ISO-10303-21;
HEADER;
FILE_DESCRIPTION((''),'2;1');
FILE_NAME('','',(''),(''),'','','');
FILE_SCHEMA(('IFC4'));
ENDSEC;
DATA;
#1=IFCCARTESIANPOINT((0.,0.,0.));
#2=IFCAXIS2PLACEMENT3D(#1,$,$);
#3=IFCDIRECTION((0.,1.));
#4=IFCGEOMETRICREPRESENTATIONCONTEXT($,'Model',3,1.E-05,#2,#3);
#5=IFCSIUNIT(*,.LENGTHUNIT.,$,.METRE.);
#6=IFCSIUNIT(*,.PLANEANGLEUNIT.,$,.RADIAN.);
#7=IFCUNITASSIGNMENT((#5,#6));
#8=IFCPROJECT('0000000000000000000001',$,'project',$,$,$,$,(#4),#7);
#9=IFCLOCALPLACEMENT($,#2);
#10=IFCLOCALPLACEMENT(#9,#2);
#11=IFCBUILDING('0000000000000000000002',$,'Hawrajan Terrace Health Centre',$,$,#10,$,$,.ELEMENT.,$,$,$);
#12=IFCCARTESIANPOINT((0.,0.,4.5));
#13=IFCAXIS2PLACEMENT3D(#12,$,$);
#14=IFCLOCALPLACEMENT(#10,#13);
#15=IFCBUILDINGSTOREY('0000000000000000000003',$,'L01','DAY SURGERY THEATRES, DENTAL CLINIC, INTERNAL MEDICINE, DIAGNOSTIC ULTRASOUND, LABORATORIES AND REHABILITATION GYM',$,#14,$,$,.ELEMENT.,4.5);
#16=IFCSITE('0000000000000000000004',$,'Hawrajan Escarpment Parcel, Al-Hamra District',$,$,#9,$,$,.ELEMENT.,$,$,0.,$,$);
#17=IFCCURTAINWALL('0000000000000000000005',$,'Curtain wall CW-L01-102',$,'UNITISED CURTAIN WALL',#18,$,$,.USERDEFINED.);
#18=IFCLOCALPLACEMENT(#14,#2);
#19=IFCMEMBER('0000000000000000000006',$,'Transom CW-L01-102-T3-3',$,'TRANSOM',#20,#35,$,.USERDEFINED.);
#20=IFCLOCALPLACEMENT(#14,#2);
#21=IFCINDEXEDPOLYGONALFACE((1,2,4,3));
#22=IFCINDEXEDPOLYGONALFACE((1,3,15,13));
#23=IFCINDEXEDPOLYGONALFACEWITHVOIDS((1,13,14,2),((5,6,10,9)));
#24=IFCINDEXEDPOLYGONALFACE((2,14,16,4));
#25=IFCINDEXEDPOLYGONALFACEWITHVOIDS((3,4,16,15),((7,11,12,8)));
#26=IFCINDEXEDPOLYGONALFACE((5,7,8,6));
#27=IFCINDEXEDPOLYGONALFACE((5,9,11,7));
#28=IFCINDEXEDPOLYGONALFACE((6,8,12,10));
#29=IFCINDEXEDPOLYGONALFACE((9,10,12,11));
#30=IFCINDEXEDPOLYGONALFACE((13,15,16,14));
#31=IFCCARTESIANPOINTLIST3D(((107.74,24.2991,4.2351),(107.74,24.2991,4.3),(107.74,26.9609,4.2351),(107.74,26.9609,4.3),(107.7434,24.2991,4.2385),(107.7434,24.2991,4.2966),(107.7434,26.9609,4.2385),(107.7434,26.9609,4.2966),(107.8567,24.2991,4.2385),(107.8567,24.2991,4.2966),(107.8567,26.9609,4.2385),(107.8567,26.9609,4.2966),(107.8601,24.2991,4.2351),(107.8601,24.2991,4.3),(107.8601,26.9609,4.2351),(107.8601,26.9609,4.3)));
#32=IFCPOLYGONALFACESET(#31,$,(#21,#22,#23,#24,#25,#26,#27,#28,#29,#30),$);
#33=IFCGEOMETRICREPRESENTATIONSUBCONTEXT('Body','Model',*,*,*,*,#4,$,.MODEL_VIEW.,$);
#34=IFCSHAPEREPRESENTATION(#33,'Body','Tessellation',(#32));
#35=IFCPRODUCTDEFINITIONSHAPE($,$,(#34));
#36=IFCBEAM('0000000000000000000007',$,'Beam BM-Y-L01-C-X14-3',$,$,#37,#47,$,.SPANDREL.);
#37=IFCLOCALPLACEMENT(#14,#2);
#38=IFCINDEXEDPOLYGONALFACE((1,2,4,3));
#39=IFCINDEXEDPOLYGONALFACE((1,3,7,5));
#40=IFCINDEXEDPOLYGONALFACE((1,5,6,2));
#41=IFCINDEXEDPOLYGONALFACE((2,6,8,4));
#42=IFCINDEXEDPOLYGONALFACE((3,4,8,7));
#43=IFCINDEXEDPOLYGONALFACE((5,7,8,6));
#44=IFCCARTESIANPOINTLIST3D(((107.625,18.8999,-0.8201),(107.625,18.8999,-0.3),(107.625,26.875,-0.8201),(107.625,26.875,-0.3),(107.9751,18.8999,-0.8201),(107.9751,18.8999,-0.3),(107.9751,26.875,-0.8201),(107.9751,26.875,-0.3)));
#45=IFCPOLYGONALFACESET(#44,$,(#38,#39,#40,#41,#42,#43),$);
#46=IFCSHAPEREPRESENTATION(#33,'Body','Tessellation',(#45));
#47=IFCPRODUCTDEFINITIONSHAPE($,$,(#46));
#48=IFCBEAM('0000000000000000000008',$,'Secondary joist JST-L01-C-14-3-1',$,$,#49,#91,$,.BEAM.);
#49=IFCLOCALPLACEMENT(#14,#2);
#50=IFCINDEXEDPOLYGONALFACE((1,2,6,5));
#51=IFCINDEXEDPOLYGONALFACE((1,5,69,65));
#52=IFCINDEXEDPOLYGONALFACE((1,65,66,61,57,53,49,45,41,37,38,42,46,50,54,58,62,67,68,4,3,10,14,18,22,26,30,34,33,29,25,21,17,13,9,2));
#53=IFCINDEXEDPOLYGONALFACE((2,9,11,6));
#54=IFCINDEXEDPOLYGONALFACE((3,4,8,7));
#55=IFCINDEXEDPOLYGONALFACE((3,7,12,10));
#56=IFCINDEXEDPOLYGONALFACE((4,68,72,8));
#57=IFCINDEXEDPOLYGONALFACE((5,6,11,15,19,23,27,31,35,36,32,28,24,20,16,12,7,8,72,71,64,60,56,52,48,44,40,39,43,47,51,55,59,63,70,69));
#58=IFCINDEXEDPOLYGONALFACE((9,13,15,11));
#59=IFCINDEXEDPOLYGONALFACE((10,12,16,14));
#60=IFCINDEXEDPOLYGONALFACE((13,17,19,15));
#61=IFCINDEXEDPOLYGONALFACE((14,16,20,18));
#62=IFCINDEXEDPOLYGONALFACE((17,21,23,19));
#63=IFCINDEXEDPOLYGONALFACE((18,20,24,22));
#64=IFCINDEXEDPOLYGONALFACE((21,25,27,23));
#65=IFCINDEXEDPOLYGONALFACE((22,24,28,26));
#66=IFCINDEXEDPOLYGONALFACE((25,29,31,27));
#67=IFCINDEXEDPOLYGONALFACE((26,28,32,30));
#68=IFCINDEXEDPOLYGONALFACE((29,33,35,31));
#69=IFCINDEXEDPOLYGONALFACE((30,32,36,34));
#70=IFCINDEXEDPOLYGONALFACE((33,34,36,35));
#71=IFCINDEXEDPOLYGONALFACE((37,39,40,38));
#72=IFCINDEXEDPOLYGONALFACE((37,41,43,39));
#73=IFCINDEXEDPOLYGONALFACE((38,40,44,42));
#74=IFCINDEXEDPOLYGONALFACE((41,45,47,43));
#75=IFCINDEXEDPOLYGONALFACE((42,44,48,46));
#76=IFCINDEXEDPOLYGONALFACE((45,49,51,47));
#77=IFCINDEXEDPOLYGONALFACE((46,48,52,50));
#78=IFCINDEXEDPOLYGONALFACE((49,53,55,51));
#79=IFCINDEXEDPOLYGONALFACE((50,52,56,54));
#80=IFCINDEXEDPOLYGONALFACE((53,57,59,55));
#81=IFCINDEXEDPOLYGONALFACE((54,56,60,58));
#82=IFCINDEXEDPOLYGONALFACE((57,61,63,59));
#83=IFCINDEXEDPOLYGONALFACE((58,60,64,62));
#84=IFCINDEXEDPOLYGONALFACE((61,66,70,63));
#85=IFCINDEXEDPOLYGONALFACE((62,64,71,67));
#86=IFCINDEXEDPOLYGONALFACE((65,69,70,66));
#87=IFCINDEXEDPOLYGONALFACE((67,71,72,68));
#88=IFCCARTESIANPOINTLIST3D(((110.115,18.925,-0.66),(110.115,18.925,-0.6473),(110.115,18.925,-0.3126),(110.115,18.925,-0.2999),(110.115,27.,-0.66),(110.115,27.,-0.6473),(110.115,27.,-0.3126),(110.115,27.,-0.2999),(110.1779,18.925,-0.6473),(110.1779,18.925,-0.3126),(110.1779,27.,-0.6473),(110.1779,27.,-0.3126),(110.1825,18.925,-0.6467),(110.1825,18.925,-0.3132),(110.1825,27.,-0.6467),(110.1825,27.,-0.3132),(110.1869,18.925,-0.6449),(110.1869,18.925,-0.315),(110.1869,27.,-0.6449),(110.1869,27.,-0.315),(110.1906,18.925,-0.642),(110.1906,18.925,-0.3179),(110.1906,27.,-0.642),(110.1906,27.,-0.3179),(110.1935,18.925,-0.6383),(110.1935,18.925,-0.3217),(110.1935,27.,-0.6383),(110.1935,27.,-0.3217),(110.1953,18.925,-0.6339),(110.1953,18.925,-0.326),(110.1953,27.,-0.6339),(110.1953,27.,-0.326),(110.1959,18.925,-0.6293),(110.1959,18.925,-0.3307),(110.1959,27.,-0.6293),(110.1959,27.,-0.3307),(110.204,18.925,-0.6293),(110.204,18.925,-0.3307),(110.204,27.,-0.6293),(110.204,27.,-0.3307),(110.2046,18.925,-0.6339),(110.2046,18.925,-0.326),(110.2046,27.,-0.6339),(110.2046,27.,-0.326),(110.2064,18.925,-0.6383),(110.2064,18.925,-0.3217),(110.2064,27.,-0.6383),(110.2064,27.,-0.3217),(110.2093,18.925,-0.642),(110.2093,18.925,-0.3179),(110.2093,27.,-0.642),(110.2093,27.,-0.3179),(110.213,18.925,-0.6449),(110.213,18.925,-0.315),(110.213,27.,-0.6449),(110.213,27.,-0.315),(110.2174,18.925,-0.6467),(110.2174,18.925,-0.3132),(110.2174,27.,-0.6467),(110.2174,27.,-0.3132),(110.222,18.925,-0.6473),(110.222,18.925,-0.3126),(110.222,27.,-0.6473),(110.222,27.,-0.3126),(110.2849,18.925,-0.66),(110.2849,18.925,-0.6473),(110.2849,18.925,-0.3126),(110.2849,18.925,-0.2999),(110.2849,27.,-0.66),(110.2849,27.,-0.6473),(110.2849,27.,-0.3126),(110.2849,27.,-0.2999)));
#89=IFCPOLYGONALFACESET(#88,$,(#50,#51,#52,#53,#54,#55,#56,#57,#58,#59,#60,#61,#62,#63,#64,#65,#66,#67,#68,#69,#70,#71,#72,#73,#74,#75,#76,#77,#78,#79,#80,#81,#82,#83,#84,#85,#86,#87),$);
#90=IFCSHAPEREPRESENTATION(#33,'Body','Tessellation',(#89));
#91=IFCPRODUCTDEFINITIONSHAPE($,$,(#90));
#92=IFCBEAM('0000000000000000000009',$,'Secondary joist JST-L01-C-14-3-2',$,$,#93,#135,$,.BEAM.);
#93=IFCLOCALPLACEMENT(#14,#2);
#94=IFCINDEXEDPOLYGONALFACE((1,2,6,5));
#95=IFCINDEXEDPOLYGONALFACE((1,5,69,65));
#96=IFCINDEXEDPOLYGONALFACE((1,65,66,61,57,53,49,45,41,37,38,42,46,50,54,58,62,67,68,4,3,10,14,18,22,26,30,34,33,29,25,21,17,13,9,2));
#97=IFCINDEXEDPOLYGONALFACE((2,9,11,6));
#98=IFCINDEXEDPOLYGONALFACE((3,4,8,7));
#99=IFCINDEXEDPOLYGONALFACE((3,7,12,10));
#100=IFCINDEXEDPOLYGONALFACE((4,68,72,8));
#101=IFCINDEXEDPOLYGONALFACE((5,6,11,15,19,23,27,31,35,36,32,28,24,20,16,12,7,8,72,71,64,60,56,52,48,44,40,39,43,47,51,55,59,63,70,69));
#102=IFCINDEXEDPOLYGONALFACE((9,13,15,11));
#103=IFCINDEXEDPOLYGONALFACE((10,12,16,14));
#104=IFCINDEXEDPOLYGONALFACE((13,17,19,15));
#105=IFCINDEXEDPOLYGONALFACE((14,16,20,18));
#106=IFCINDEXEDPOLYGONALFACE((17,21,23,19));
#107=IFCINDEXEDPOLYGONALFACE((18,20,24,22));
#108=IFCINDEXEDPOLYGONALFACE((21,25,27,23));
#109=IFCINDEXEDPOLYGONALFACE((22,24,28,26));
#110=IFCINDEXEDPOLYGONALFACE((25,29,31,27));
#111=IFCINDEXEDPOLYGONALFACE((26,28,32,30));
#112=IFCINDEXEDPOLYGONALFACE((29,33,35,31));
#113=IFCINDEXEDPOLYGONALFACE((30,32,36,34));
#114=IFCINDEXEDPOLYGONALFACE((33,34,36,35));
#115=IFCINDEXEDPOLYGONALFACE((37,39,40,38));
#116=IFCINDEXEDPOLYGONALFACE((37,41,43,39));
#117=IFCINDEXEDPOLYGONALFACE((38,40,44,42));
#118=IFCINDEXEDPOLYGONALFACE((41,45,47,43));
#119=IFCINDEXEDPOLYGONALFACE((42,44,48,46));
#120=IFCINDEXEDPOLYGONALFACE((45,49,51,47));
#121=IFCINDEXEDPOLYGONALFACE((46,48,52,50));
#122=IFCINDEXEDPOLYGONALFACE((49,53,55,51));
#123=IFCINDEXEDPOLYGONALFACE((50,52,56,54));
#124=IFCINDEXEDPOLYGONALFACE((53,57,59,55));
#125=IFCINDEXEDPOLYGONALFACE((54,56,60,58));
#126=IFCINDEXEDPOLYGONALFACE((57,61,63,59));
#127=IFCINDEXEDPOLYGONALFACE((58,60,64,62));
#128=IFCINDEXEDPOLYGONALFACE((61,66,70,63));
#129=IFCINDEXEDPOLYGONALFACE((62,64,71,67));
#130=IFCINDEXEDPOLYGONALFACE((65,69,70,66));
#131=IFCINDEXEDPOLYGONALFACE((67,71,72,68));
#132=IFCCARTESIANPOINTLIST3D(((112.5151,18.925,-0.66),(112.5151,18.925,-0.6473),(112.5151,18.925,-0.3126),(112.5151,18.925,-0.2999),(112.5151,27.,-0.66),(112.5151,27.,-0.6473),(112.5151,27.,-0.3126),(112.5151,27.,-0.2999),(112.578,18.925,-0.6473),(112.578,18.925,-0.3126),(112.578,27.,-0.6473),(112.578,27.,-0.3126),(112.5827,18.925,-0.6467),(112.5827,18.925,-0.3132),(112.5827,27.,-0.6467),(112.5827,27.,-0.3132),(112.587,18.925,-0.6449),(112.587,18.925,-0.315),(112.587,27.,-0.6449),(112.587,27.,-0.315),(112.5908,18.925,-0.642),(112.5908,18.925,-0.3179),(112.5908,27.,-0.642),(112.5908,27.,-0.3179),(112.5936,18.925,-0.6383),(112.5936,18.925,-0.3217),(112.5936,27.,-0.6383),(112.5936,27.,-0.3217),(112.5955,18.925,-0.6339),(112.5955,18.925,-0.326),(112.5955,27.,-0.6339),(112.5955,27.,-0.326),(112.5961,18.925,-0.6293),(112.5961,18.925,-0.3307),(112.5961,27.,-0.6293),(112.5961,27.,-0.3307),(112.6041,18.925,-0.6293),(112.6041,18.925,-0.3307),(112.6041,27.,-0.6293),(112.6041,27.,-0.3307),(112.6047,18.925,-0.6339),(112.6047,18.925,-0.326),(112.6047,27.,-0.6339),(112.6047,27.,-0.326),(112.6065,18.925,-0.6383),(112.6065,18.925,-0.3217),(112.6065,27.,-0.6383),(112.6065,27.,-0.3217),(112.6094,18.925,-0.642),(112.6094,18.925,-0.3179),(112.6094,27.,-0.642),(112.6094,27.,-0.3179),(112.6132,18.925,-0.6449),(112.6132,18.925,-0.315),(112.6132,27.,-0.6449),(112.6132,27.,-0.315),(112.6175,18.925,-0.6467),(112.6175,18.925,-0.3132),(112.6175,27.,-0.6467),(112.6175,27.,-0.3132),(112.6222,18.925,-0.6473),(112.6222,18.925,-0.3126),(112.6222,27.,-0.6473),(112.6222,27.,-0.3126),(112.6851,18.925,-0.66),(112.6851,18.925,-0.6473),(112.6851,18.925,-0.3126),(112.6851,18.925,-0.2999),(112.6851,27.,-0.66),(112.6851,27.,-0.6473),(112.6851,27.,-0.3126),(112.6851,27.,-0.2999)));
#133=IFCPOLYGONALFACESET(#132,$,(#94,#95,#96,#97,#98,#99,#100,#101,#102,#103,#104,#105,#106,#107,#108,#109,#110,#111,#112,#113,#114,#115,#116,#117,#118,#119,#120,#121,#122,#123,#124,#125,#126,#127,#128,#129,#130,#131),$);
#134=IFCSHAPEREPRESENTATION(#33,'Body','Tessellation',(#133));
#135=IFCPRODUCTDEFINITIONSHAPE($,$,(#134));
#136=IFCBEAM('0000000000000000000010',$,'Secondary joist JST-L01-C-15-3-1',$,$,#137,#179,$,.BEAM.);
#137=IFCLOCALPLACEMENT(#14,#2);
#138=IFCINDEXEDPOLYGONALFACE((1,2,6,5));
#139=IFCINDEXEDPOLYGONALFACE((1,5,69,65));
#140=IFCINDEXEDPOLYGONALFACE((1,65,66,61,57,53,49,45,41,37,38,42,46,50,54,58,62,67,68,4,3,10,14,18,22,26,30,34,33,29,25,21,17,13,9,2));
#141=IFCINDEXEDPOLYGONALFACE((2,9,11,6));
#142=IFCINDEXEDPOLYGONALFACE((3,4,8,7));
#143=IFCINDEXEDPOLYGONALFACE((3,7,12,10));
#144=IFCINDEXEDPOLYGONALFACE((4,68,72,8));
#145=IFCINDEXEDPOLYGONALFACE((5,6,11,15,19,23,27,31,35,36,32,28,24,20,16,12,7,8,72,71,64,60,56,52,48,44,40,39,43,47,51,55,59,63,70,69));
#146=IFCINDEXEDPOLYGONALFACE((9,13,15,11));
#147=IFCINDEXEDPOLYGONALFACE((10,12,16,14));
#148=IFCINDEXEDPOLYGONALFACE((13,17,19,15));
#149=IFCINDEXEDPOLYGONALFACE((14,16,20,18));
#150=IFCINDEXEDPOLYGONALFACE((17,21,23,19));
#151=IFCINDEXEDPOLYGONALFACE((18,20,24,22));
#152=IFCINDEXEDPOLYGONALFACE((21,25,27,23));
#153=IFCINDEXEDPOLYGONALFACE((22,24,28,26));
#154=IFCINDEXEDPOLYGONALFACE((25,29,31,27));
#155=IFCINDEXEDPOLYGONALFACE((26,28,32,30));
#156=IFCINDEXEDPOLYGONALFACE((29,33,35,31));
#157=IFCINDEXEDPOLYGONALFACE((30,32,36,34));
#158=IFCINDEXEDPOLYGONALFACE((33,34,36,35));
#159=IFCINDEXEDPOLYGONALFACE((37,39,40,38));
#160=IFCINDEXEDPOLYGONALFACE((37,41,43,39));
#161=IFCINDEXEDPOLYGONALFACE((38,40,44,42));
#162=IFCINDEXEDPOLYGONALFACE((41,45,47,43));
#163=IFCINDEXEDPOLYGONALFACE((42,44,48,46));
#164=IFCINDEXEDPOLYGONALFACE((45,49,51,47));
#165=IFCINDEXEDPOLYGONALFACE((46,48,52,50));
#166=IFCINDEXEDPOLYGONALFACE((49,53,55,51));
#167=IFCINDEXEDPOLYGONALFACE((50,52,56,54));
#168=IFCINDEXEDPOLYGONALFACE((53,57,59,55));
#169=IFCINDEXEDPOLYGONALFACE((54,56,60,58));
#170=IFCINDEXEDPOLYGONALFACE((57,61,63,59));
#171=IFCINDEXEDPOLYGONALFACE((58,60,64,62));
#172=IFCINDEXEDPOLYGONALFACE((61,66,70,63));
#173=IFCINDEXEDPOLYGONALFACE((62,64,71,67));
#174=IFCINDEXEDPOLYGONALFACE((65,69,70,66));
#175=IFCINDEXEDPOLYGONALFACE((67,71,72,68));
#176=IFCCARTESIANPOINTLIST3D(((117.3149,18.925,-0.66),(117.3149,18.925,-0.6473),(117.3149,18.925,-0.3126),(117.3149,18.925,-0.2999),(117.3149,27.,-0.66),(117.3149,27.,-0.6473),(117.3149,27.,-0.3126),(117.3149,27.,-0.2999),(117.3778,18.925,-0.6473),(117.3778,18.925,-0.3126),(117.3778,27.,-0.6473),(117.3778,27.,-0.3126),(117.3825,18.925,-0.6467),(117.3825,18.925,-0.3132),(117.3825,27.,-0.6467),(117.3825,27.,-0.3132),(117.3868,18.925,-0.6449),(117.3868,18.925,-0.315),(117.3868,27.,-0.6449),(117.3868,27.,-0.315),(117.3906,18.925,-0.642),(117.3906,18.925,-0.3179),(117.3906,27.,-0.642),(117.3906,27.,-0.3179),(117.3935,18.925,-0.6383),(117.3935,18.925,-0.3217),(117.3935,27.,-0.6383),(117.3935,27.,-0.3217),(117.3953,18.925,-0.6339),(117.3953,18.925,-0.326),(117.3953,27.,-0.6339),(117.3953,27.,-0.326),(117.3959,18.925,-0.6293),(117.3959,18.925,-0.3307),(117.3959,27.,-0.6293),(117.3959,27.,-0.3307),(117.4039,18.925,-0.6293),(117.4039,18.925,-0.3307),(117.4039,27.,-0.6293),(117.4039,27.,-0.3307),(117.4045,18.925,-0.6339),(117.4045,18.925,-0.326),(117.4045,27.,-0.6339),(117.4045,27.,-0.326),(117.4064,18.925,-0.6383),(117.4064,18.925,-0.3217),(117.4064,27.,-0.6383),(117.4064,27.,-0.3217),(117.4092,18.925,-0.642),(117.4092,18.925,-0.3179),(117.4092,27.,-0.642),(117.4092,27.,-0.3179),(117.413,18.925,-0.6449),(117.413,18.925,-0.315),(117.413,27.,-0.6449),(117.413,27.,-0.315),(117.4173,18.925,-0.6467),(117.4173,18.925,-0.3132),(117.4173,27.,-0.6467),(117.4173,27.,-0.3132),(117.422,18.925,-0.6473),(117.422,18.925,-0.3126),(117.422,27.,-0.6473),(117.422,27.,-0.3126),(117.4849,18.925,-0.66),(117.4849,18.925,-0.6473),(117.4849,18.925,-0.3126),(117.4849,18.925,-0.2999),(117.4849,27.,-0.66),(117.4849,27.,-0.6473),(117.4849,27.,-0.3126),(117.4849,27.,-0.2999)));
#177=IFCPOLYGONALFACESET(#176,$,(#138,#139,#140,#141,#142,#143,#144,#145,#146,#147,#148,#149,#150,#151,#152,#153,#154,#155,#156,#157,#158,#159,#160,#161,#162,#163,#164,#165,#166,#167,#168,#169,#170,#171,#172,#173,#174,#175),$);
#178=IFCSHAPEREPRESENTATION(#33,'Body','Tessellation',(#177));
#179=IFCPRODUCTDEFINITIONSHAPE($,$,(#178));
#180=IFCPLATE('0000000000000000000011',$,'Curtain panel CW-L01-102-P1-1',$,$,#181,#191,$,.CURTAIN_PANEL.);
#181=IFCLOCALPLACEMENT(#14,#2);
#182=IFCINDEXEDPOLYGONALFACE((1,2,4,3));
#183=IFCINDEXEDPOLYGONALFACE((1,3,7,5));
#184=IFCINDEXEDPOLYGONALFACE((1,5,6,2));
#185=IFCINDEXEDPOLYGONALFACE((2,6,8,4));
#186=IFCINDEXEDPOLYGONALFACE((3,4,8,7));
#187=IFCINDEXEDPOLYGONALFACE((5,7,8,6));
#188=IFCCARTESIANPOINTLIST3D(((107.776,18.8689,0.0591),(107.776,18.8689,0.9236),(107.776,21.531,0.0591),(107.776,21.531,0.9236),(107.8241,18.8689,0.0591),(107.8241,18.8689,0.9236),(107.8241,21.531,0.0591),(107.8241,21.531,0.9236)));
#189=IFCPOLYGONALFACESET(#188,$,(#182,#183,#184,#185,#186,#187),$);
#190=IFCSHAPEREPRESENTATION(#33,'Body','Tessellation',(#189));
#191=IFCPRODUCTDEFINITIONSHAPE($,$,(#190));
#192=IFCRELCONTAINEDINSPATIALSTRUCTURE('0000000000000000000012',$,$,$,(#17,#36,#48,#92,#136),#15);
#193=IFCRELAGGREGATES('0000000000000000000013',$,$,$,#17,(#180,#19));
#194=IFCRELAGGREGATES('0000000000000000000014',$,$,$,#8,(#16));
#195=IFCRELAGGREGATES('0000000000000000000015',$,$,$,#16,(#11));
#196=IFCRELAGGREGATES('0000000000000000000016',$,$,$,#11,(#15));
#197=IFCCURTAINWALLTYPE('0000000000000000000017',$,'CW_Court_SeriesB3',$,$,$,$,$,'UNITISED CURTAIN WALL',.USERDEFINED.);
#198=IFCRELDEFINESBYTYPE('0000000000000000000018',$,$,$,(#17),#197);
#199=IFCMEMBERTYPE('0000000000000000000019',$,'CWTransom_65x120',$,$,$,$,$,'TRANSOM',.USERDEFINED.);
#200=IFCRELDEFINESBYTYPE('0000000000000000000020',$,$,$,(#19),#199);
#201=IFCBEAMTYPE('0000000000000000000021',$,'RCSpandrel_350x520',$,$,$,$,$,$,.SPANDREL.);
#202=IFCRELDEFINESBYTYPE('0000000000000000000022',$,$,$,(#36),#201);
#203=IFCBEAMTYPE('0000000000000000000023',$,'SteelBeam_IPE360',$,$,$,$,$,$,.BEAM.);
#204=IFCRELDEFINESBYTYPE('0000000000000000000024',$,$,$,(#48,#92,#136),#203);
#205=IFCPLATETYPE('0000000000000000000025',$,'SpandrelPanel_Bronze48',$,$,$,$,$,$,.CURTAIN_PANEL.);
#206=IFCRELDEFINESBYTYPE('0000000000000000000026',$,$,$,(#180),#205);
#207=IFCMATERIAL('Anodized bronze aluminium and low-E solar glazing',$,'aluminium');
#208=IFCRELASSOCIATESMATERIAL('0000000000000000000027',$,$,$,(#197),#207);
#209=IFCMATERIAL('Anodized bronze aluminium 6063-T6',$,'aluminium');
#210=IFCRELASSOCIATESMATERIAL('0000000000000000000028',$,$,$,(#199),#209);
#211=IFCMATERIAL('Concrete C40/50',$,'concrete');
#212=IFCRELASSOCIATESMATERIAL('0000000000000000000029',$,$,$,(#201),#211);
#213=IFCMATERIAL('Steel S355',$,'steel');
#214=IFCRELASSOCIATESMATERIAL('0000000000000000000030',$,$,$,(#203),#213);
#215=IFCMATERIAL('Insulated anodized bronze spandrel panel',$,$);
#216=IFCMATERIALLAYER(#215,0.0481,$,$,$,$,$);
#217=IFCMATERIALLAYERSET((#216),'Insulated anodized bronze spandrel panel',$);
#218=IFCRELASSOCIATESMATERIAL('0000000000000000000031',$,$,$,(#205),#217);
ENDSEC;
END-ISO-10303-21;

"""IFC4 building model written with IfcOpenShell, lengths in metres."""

from ifc_helpers import new_model, si_unit, direction, frame, origin, origin_2d, place, context, subcontext, project, spatial, rectangle, hollow_rectangle, i_section, extrude, material, layer, layer_set, material_profile, profile_set, type_object, element, aggregate, save


model = new_model("IFC4")

# Units and contexts
model_context = context("Model", 3, precision=1e-05, world=origin(), true_north=direction((0.0, 1.0)))
body_context = subcontext(model_context, "Body", "Model", "MODEL_VIEW")
ifc_project = project(units=[si_unit("LENGTHUNIT", "METRE"), si_unit("PLANEANGLEUNIT", "RADIAN")], contexts=[model_context])

# Site, building, storey
site_placement = place(None, origin())
site = spatial("IfcSite", under=ifc_project, at=site_placement, Name="Hawrajan Escarpment Parcel, Al-Hamra District", CompositionType="ELEMENT", RefElevation=0.0)
building_placement = place(site_placement, origin())
building = spatial("IfcBuilding", under=site, at=building_placement, Name="Hawrajan Terrace Health Centre", CompositionType="ELEMENT")
storey_placement = place(building_placement, frame((0.0, 0.0, 4.5)))
storey = spatial("IfcBuildingStorey", under=building, at=storey_placement, Name="L01", Description="DAY SURGERY THEATRES, DENTAL CLINIC, INTERNAL MEDICINE, DIAGNOSTIC ULTRASOUND, LABORATORIES AND REHABILITATION GYM", CompositionType="ELEMENT", Elevation=4.5)

# Curtain wall, member
ifc_material_1 = material(Name="Anodized bronze aluminium and low-E solar glazing", Category="aluminium")
curtain_wall_type = type_object("IfcCurtainWallType", Name="CW_Court_SeriesB3", ElementType="UNITISED CURTAIN WALL", PredefinedType="USERDEFINED", material=ifc_material_1)
curtain_wall_placement = place(storey_placement, origin())
curtain_wall = element("IfcCurtainWall", 1, at=curtain_wall_placement, inside=storey, type_object=curtain_wall_type, Name="Curtain wall CW-L01-102", ObjectType="UNITISED CURTAIN WALL", PredefinedType="USERDEFINED")
ifc_material_2 = material(Name="Anodized bronze aluminium 6063-T6", Category="aluminium")
ifc_material_profile_1 = material_profile(ifc_material_2, hollow_rectangle(XDim=0.0649, YDim=0.1201, WallThickness=0.0034, at=origin_2d()), Name="CW TRN 65x120")
ifc_profile_set_1 = profile_set([ifc_material_profile_1], Name="Anodized bronze aluminium 6063-T6")
member_type_1 = type_object("IfcMemberType", Name="CWTransom_65x120", ElementType="TRANSOM", PredefinedType="USERDEFINED", material=ifc_profile_set_1)
member_1_placement = place(storey_placement, frame((107.8, 24.2991, 4.2676), z_axis=(0.0, 1.0, 0.0), x_axis=(0.0, 0.0, 1.0)))
member_1 = element("IfcMember", 2, at=member_1_placement, type_object=member_type_1, Name="Transom CW-L01-102-T3-3", ObjectType="TRANSOM", PredefinedType="USERDEFINED", context=body_context, shape_type="SweptSolid", body=[
    extrude(hollow_rectangle(XDim=0.0649, YDim=0.1201, WallThickness=0.0034, at=origin_2d()), origin(), (0.0, 0.0, 1.0), 2.6619),
])

# Beams
ifc_material_3 = material(Name="Concrete C40/50", Category="concrete")
ifc_material_profile_2 = material_profile(ifc_material_3, rectangle(XDim=0.3501, YDim=0.52, at=origin_2d()), Name="RC SP 350x520")
ifc_profile_set_2 = profile_set([ifc_material_profile_2], Name="Concrete C40/50")
beam_type_1 = type_object("IfcBeamType", Name="RCSpandrel_350x520", PredefinedType="SPANDREL", material=ifc_profile_set_2)
beam_placement = place(storey_placement, frame((107.8, 18.8999, -0.5601), z_axis=(0.0, 1.0, 0.0), x_axis=(-1.0, 0.0, 0.0)))
element("IfcBeam", 3, at=beam_placement, inside=storey, type_object=beam_type_1, Name="Beam BM-Y-L01-C-X14-3", PredefinedType="SPANDREL", context=body_context, shape_type="SweptSolid", body=[
    extrude(rectangle(XDim=0.3501, YDim=0.52, at=origin_2d()), origin(), (0.0, 0.0, 1.0), 7.9751),
])
ifc_material_4 = material(Name="Steel S355", Category="steel")
ifc_material_profile_3 = material_profile(ifc_material_4, i_section(OverallWidth=0.1699, OverallDepth=0.3601, WebThickness=0.0081, FlangeThickness=0.0127, FilletRadius=0.0181, at=origin_2d()), Name="IPE 360")
ifc_profile_set_3 = profile_set([ifc_material_profile_3], Name="Steel S355")
beam_type_2 = type_object("IfcBeamType", Name="SteelBeam_IPE360", PredefinedType="BEAM", material=ifc_profile_set_3)
for number, where, z_axis, x_axis, name in (
    (4, (110.2, 18.925, -0.48), (0.0, 1.0, 0.0), (-1.0, 0.0, 0.0), "Secondary joist JST-L01-C-14-3-1"),
    (5, (112.6001, 18.925, -0.48), (0.0, 1.0, 0.0), (-1.0, 0.0, 0.0), "Secondary joist JST-L01-C-14-3-2"),
    (6, (117.3999, 18.925, -0.48), (0.0, 1.0, 0.0), (-1.0, 0.0, 0.0), "Secondary joist JST-L01-C-15-3-1"),
):
    element("IfcBeam", number, at=place(storey_placement, frame(where, z_axis=z_axis, x_axis=x_axis)), inside=storey, type_object=beam_type_2, Name=name, PredefinedType="BEAM", context=body_context, shape_type="SweptSolid", body=[
        extrude(i_section(OverallWidth=0.1699, OverallDepth=0.3601, WebThickness=0.0081, FlangeThickness=0.0127, FilletRadius=0.0181, at=origin_2d()), origin(), (0.0, 0.0, 1.0), 8.075),
    ])

# Plate
ifc_material_5 = material(Name="Insulated anodized bronze spandrel panel")
ifc_layer_1 = layer(ifc_material_5, 0.0481)
ifc_layer_set_1 = layer_set([ifc_layer_1], Name="Insulated anodized bronze spandrel panel")
plate_type_1 = type_object("IfcPlateType", Name="SpandrelPanel_Bronze48", PredefinedType="CURTAIN_PANEL", material=ifc_layer_set_1)
plate_1_placement = place(storey_placement, frame((107.8, 20.2, 0.0591), z_axis=(0.0, 0.0, 1.0), x_axis=(0.0, 1.0, 0.0)))
plate_1 = element("IfcPlate", 7, at=plate_1_placement, type_object=plate_type_1, Name="Curtain panel CW-L01-102-P1-1", PredefinedType="CURTAIN_PANEL", context=body_context, shape_type="SweptSolid", body=[
    extrude(rectangle(XDim=2.6621, YDim=0.0481, at=origin_2d()), origin(), (0.0, 0.0, 1.0), 0.8645),
])
aggregate(curtain_wall, [plate_1, member_1])

save(model, "model.ifc")
